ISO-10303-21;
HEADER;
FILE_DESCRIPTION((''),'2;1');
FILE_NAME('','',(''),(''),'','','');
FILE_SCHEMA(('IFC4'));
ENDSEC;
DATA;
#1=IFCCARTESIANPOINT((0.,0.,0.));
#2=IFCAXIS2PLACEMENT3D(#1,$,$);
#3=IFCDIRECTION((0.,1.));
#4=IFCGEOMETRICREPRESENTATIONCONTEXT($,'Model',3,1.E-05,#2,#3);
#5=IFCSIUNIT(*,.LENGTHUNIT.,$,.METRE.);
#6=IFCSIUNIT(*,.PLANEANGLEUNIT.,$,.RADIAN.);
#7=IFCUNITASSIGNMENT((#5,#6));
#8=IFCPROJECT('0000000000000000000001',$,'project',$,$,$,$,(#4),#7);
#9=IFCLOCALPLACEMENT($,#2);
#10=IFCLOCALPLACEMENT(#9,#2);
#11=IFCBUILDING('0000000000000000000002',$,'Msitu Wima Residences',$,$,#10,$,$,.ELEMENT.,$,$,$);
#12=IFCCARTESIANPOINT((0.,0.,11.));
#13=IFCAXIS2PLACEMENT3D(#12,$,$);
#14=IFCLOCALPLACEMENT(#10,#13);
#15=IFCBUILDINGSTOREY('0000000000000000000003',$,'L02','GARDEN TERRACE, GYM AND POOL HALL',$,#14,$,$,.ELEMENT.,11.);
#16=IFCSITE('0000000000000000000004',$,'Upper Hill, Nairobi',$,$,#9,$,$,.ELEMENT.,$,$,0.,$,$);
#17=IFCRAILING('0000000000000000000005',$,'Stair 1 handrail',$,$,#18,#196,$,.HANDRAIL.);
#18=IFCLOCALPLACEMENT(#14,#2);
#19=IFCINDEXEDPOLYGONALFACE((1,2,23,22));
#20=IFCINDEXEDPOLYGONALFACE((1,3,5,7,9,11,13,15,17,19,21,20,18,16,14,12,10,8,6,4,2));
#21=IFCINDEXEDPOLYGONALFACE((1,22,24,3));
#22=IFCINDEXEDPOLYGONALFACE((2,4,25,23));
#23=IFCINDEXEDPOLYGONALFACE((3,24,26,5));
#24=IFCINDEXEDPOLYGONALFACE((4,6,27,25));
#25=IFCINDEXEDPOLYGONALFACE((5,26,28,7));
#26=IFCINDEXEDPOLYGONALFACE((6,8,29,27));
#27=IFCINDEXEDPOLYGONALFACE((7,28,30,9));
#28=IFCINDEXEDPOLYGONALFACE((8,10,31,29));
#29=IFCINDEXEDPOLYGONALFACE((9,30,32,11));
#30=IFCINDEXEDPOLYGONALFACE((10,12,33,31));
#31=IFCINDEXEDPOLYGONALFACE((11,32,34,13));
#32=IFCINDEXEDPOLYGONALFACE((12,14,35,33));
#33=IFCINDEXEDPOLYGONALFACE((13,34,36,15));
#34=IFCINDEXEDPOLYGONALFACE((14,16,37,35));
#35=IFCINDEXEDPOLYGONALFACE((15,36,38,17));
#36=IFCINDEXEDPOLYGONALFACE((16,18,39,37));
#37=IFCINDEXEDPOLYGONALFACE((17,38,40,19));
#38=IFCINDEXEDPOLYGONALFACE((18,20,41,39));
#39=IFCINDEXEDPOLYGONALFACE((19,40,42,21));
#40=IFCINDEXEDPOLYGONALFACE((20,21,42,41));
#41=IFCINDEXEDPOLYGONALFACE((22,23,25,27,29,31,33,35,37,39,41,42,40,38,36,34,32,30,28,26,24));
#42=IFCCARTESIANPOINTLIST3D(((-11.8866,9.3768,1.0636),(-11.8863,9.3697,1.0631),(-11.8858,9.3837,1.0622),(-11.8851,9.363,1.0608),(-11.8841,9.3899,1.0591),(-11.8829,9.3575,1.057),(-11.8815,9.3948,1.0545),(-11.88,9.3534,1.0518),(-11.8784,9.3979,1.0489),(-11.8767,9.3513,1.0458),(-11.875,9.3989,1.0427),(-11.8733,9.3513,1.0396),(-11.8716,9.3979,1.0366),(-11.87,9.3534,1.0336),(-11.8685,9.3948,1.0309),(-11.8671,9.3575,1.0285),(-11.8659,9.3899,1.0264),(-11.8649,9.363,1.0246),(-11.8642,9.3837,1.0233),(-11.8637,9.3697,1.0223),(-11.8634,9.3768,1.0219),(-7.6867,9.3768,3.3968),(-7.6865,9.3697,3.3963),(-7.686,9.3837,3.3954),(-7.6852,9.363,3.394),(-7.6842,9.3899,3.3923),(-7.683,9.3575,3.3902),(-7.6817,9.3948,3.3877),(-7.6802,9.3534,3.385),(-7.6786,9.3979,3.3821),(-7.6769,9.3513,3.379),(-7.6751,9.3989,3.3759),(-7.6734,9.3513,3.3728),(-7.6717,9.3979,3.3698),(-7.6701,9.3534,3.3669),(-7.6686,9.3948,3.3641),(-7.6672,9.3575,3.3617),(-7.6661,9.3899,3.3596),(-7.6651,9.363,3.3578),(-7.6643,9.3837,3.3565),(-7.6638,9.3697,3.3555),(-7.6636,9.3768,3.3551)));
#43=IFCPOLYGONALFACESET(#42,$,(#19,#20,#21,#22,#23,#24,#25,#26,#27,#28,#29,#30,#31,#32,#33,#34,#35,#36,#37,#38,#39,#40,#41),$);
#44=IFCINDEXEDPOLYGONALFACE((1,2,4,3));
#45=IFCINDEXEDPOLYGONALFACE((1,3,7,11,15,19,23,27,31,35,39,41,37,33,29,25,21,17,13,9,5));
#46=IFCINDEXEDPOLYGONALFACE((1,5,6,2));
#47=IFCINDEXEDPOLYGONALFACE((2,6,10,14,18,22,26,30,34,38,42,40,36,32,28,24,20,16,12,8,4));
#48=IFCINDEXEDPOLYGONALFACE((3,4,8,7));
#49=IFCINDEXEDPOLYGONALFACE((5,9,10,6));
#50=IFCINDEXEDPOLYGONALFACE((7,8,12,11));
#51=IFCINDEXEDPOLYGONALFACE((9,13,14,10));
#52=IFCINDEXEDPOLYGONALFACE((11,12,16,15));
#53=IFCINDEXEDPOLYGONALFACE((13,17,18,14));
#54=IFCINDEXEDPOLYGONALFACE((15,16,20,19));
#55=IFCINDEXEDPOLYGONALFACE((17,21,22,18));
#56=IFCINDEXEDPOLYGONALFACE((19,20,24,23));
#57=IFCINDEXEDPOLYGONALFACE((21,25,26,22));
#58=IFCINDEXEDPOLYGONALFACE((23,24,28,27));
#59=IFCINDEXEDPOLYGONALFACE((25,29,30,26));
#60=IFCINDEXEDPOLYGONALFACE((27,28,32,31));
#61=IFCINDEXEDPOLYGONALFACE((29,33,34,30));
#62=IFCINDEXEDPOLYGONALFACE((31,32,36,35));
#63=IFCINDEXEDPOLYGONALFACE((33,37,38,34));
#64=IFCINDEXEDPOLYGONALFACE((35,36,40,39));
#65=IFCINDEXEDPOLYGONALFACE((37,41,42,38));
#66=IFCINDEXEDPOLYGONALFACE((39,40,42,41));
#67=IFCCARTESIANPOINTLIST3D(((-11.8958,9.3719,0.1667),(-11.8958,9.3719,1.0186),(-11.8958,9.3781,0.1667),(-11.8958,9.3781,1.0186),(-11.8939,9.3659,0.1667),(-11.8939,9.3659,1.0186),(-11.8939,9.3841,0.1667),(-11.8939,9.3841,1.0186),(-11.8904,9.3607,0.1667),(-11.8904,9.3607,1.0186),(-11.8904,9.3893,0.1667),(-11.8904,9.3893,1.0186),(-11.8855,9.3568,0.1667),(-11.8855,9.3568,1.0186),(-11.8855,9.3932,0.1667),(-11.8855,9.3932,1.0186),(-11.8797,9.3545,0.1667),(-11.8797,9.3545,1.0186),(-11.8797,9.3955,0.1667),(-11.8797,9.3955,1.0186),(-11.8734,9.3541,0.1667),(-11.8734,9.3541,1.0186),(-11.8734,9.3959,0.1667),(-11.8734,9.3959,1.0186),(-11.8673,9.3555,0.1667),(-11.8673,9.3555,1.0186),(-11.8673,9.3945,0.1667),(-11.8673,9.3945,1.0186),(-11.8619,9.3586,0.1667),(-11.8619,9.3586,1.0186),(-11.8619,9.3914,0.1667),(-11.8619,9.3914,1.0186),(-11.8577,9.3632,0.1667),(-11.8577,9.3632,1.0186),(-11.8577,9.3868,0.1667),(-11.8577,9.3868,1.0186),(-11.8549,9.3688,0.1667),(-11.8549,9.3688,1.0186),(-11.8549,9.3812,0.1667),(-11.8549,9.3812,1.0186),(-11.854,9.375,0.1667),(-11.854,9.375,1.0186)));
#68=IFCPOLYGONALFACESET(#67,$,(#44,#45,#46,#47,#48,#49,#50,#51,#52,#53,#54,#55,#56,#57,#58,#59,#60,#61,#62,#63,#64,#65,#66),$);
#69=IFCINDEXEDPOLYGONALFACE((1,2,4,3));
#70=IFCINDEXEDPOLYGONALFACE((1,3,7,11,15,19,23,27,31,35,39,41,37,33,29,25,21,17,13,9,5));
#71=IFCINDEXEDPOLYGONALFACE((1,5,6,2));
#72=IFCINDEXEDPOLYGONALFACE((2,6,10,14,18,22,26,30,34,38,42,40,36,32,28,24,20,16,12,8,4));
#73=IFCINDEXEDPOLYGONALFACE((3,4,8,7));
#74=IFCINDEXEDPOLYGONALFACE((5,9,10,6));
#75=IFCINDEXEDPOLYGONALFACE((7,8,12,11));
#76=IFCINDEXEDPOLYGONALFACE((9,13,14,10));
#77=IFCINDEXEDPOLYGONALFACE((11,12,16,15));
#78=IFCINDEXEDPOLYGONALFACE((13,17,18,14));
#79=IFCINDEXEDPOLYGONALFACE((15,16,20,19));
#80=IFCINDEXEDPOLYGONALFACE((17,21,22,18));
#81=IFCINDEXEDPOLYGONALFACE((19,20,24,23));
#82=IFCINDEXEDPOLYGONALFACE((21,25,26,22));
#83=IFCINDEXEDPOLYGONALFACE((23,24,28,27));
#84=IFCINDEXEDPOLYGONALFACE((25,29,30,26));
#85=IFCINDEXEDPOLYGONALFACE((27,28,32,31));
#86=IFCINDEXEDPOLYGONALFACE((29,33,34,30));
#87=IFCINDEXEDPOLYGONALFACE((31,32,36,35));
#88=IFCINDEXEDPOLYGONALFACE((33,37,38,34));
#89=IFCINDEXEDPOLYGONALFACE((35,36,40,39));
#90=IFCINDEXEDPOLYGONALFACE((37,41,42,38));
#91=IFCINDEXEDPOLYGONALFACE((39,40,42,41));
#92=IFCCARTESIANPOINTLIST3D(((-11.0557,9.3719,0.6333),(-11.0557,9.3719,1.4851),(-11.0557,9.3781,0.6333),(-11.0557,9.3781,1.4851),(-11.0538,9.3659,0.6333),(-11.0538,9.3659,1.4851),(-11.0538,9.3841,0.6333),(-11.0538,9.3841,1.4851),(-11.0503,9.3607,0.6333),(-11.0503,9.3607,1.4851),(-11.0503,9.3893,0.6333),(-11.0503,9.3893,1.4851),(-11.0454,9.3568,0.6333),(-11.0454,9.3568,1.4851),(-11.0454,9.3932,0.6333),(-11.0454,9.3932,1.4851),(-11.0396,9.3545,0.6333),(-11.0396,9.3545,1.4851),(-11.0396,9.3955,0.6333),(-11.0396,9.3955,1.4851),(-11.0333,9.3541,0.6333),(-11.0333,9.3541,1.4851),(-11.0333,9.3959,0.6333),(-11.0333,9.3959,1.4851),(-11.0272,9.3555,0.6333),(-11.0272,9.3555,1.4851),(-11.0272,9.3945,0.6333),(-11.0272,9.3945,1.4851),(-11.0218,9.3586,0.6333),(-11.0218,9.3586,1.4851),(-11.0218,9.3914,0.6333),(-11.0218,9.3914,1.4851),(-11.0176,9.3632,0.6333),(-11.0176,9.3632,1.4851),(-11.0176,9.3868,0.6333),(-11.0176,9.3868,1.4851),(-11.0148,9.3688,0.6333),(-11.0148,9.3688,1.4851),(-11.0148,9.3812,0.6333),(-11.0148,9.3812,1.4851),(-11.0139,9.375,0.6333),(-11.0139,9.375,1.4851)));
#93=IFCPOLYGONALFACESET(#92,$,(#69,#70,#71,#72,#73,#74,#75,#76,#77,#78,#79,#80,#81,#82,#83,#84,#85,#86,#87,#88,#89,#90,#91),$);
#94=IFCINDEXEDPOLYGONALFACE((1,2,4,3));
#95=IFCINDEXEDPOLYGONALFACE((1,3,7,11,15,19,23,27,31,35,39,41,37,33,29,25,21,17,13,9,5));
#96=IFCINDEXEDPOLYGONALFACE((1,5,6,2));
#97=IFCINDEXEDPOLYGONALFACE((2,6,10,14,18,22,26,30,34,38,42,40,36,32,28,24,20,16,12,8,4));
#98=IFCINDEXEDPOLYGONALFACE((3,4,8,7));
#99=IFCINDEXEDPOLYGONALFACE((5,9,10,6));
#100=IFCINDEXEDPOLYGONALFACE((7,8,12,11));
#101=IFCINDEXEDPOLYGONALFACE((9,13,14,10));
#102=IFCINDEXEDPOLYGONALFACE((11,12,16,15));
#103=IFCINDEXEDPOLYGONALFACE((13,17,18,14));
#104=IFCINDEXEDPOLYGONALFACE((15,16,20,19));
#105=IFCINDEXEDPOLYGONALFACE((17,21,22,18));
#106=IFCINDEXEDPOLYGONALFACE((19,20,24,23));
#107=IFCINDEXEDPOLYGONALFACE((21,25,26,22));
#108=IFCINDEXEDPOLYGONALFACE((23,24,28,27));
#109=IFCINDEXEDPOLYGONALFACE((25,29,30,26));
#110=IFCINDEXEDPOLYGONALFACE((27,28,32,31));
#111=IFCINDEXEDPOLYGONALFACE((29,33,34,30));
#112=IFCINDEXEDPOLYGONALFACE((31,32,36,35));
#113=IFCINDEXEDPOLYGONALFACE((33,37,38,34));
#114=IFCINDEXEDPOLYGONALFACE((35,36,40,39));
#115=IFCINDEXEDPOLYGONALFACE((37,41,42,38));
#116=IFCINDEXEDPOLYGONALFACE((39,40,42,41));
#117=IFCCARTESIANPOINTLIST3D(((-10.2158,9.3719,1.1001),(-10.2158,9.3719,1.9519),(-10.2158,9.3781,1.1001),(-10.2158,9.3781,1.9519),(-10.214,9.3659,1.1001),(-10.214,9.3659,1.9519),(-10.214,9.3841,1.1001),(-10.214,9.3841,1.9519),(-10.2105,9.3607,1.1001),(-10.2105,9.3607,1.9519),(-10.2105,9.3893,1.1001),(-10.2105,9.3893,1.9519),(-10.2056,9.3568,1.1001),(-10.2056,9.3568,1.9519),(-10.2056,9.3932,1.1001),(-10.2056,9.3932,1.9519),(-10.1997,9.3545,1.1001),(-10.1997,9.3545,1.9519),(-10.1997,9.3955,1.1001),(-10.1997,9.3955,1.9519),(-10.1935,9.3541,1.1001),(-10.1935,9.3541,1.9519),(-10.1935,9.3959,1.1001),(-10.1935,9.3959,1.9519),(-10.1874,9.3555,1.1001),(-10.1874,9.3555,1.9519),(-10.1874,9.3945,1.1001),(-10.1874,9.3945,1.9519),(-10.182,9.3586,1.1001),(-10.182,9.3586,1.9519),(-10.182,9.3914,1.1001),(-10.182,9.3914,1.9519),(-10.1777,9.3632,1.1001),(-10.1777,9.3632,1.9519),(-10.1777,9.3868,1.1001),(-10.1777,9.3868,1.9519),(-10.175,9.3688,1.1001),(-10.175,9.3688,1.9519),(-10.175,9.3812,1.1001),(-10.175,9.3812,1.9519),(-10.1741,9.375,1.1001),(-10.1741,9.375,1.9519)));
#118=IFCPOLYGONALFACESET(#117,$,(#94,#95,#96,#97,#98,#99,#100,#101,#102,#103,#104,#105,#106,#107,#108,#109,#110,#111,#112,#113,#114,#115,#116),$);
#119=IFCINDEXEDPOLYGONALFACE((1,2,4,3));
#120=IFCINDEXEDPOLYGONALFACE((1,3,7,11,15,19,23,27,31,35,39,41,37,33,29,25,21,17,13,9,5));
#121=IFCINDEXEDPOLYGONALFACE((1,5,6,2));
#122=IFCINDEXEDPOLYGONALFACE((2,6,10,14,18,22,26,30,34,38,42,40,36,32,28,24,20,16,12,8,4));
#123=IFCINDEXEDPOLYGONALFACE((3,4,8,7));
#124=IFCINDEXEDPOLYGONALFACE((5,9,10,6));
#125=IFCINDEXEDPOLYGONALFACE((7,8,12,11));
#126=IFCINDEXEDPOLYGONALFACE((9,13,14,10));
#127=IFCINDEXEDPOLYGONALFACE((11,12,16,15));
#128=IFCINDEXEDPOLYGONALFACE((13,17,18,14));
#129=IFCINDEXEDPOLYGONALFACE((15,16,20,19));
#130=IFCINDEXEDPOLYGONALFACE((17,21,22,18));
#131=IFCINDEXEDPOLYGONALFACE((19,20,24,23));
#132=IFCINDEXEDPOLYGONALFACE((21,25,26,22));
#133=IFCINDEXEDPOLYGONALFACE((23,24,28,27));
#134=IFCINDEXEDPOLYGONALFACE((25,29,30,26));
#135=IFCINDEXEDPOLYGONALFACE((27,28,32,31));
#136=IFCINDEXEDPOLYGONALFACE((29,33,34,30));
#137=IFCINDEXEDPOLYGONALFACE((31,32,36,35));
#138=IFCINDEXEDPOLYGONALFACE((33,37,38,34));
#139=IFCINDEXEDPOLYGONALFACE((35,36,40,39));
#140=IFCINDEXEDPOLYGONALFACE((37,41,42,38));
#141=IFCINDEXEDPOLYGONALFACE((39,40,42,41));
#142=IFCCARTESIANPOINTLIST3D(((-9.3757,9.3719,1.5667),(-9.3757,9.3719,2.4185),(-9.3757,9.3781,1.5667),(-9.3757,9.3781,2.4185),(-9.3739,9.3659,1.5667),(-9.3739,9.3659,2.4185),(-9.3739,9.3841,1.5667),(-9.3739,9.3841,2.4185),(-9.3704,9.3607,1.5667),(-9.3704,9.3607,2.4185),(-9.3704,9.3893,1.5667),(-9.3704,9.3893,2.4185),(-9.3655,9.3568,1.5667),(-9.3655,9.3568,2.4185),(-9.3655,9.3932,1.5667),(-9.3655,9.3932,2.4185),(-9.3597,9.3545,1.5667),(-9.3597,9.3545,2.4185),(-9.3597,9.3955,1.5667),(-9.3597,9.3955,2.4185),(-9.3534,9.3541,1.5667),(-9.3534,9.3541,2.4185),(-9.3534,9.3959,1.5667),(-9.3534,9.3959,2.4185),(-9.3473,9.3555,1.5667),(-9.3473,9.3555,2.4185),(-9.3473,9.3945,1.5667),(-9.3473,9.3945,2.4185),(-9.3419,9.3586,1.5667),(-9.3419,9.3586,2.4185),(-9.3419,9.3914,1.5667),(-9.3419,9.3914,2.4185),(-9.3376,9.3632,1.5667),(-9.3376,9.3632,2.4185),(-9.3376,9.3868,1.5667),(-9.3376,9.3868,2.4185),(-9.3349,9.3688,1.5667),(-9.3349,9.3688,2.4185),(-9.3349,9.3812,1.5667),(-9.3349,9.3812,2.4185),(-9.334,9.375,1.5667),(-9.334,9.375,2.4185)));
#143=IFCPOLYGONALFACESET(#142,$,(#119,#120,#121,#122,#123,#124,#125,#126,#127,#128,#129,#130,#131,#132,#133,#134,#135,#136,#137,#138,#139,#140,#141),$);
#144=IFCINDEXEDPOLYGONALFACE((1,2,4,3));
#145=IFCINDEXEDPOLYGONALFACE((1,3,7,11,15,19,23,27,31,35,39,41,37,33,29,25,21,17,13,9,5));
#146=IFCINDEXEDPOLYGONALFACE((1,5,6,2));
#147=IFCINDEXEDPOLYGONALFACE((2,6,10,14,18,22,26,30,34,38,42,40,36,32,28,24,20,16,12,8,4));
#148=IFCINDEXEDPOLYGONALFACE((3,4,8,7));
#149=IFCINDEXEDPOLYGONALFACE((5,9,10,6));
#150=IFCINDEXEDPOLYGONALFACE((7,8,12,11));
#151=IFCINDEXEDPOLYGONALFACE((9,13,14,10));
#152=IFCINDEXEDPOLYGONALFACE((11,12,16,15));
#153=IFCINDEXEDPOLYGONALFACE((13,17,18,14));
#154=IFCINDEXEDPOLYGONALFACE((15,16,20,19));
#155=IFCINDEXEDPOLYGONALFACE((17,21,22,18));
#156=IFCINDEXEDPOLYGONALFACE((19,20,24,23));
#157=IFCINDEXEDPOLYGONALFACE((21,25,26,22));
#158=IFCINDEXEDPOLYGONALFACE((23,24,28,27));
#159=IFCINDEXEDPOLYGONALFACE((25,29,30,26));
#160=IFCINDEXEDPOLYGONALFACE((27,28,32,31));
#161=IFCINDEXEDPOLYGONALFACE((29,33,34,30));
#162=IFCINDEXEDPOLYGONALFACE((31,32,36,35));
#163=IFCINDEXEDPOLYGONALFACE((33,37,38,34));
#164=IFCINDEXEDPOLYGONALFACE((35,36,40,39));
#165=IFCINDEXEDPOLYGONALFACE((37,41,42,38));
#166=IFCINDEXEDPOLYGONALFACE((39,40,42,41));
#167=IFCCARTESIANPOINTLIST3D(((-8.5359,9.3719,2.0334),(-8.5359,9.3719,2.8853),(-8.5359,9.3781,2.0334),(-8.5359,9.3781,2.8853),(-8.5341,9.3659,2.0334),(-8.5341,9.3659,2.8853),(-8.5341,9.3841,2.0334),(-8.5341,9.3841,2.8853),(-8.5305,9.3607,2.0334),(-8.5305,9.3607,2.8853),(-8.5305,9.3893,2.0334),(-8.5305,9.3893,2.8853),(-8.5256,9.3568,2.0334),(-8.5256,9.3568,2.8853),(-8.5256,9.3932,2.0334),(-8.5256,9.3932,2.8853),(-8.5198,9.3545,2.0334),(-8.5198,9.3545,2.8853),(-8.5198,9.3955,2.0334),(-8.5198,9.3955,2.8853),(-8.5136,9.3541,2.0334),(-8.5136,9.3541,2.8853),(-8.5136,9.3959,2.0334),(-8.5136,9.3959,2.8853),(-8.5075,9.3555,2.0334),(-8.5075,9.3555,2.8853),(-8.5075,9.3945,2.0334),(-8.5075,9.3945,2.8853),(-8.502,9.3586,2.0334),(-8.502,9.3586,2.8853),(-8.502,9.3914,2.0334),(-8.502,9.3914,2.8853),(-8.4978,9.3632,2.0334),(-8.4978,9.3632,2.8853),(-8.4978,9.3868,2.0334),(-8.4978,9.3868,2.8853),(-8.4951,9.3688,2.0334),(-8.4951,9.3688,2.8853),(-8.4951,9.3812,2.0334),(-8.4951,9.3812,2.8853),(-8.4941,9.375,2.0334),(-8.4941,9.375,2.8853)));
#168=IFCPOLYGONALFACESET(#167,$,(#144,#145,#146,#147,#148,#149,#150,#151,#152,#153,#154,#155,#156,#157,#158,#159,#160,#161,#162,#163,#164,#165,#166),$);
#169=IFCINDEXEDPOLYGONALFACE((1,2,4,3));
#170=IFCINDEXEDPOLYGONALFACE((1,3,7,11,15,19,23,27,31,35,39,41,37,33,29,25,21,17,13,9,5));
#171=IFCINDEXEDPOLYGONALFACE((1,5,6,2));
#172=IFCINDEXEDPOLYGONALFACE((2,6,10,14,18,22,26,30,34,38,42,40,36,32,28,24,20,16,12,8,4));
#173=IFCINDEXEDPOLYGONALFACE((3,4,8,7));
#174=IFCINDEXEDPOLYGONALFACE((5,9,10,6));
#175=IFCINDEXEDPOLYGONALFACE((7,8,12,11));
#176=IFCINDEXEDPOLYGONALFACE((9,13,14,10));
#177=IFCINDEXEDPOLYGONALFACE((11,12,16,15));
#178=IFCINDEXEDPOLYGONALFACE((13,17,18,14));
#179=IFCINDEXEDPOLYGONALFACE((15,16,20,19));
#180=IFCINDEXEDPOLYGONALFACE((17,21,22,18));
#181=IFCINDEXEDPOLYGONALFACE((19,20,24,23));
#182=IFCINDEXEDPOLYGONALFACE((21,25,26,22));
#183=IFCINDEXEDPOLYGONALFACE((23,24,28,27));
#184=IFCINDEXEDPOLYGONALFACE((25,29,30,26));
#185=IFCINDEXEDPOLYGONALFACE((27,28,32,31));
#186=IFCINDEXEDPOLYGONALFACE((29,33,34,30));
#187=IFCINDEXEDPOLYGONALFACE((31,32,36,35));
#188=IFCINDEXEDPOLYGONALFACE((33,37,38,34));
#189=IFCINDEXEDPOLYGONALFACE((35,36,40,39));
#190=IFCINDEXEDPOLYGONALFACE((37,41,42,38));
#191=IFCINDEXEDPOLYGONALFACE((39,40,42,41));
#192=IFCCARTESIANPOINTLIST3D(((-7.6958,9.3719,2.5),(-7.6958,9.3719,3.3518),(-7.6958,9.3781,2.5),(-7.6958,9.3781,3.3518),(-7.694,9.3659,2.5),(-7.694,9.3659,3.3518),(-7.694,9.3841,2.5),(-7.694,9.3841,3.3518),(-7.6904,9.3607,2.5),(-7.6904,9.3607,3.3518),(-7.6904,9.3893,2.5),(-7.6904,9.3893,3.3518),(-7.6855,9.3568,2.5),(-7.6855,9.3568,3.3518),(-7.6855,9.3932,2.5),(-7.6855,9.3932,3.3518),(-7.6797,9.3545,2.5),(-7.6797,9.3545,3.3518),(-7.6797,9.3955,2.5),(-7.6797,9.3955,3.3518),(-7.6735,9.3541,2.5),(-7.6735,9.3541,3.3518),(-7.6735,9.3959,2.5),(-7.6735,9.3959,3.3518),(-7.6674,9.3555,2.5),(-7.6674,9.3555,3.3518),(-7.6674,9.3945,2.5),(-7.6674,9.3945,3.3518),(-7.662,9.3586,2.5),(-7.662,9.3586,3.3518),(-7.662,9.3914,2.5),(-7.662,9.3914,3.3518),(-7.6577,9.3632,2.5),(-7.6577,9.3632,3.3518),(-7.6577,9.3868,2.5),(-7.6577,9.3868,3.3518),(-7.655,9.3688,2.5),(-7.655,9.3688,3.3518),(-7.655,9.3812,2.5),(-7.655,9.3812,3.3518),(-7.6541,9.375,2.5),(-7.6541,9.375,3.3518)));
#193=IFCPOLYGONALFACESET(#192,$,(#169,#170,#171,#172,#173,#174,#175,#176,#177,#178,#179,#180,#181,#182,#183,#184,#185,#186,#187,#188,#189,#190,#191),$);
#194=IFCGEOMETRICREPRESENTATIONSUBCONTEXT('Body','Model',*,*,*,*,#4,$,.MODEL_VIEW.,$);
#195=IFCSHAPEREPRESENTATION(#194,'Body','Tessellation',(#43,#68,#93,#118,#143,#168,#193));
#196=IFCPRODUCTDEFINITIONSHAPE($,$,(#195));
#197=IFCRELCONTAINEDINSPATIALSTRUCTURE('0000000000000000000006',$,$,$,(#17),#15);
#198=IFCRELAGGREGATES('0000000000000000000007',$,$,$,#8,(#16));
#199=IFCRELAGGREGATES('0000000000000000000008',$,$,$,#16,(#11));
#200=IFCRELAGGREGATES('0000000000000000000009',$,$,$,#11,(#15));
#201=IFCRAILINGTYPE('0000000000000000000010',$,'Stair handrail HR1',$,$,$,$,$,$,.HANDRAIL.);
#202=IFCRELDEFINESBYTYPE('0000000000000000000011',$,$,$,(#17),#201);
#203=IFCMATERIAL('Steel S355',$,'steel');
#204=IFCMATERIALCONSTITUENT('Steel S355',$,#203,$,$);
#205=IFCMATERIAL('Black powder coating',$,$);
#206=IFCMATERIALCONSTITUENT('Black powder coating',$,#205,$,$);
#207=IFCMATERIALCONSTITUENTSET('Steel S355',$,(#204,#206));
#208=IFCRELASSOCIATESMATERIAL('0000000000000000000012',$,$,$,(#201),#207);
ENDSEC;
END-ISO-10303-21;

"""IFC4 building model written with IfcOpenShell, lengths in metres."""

from ifc_helpers import new_model, si_unit, direction, frame, origin, origin_2d, place, context, subcontext, project, spatial, circle, extrude, material, constituent, constituent_set, type_object, element, save


model = new_model("IFC4")

# Units and contexts
model_context = context("Model", 3, precision=1e-05, world=origin(), true_north=direction((0.0, 1.0)))
body_context = subcontext(model_context, "Body", "Model", "MODEL_VIEW")
ifc_project = project(units=[si_unit("LENGTHUNIT", "METRE"), si_unit("PLANEANGLEUNIT", "RADIAN")], contexts=[model_context])

# Site, building, storey
site_placement = place(None, origin())
site = spatial("IfcSite", under=ifc_project, at=site_placement, Name="Upper Hill, Nairobi", CompositionType="ELEMENT", RefElevation=0.0)
building_placement = place(site_placement, origin())
building = spatial("IfcBuilding", under=site, at=building_placement, Name="Msitu Wima Residences", CompositionType="ELEMENT")
storey_placement = place(building_placement, frame((0.0, 0.0, 11.0)))
storey = spatial("IfcBuildingStorey", under=building, at=storey_placement, Name="L02", Description="GARDEN TERRACE, GYM AND POOL HALL", CompositionType="ELEMENT", Elevation=11.0)

# Railing
ifc_material_1 = material(Name="Steel S355", Category="steel")
ifc_constituent_1 = constituent(ifc_material_1, Name="Steel S355")
ifc_material_2 = material(Name="Black powder coating")
ifc_constituent_2 = constituent(ifc_material_2, Name="Black powder coating")
ifc_constituent_set = constituent_set(constituents=[ifc_constituent_1, ifc_constituent_2], Name="Steel S355")
railing_type = type_object("IfcRailingType", Name="Stair handrail HR1", PredefinedType="HANDRAIL", material=ifc_constituent_set)
for number, where, name in (
    (1, (-11.875, 9.375, 0.1667), "Stair 1 handrail"),
):
    element("IfcRailing", number, at=place(storey_placement, frame(where)), inside=storey, type_object=railing_type, Name=name, PredefinedType="HANDRAIL", context=body_context, shape_type="SweptSolid", body=[
        extrude(circle(Radius=0.0239, at=origin_2d()), frame((0.0, 0.0, 0.876), z_axis=(0.874162, 0.0, 0.485634), x_axis=(0.0, 1.0, 0.0)), (0.0, 0.0, 1.0), 4.8044),
        extrude(circle(Radius=0.021, at=origin_2d()), origin(), (0.0, 0.0, 1.0), 0.8518),
        extrude(circle(Radius=0.021, at=origin_2d()), frame((0.8401, 0.0, 0.4666)), (0.0, 0.0, 1.0), 0.8518),
        extrude(circle(Radius=0.021, at=origin_2d()), frame((1.6799, 0.0, 0.9333)), (0.0, 0.0, 1.0), 0.8518),
        extrude(circle(Radius=0.021, at=origin_2d()), frame((2.52, 0.0, 1.3999)), (0.0, 0.0, 1.0), 0.8518),
        extrude(circle(Radius=0.021, at=origin_2d()), frame((3.3599, 0.0, 1.8667)), (0.0, 0.0, 1.0), 0.8518),
        extrude(circle(Radius=0.021, at=origin_2d()), frame((4.2, 0.0, 2.3333)), (0.0, 0.0, 1.0), 0.8518),
    ])

save(model, "model.ifc")
